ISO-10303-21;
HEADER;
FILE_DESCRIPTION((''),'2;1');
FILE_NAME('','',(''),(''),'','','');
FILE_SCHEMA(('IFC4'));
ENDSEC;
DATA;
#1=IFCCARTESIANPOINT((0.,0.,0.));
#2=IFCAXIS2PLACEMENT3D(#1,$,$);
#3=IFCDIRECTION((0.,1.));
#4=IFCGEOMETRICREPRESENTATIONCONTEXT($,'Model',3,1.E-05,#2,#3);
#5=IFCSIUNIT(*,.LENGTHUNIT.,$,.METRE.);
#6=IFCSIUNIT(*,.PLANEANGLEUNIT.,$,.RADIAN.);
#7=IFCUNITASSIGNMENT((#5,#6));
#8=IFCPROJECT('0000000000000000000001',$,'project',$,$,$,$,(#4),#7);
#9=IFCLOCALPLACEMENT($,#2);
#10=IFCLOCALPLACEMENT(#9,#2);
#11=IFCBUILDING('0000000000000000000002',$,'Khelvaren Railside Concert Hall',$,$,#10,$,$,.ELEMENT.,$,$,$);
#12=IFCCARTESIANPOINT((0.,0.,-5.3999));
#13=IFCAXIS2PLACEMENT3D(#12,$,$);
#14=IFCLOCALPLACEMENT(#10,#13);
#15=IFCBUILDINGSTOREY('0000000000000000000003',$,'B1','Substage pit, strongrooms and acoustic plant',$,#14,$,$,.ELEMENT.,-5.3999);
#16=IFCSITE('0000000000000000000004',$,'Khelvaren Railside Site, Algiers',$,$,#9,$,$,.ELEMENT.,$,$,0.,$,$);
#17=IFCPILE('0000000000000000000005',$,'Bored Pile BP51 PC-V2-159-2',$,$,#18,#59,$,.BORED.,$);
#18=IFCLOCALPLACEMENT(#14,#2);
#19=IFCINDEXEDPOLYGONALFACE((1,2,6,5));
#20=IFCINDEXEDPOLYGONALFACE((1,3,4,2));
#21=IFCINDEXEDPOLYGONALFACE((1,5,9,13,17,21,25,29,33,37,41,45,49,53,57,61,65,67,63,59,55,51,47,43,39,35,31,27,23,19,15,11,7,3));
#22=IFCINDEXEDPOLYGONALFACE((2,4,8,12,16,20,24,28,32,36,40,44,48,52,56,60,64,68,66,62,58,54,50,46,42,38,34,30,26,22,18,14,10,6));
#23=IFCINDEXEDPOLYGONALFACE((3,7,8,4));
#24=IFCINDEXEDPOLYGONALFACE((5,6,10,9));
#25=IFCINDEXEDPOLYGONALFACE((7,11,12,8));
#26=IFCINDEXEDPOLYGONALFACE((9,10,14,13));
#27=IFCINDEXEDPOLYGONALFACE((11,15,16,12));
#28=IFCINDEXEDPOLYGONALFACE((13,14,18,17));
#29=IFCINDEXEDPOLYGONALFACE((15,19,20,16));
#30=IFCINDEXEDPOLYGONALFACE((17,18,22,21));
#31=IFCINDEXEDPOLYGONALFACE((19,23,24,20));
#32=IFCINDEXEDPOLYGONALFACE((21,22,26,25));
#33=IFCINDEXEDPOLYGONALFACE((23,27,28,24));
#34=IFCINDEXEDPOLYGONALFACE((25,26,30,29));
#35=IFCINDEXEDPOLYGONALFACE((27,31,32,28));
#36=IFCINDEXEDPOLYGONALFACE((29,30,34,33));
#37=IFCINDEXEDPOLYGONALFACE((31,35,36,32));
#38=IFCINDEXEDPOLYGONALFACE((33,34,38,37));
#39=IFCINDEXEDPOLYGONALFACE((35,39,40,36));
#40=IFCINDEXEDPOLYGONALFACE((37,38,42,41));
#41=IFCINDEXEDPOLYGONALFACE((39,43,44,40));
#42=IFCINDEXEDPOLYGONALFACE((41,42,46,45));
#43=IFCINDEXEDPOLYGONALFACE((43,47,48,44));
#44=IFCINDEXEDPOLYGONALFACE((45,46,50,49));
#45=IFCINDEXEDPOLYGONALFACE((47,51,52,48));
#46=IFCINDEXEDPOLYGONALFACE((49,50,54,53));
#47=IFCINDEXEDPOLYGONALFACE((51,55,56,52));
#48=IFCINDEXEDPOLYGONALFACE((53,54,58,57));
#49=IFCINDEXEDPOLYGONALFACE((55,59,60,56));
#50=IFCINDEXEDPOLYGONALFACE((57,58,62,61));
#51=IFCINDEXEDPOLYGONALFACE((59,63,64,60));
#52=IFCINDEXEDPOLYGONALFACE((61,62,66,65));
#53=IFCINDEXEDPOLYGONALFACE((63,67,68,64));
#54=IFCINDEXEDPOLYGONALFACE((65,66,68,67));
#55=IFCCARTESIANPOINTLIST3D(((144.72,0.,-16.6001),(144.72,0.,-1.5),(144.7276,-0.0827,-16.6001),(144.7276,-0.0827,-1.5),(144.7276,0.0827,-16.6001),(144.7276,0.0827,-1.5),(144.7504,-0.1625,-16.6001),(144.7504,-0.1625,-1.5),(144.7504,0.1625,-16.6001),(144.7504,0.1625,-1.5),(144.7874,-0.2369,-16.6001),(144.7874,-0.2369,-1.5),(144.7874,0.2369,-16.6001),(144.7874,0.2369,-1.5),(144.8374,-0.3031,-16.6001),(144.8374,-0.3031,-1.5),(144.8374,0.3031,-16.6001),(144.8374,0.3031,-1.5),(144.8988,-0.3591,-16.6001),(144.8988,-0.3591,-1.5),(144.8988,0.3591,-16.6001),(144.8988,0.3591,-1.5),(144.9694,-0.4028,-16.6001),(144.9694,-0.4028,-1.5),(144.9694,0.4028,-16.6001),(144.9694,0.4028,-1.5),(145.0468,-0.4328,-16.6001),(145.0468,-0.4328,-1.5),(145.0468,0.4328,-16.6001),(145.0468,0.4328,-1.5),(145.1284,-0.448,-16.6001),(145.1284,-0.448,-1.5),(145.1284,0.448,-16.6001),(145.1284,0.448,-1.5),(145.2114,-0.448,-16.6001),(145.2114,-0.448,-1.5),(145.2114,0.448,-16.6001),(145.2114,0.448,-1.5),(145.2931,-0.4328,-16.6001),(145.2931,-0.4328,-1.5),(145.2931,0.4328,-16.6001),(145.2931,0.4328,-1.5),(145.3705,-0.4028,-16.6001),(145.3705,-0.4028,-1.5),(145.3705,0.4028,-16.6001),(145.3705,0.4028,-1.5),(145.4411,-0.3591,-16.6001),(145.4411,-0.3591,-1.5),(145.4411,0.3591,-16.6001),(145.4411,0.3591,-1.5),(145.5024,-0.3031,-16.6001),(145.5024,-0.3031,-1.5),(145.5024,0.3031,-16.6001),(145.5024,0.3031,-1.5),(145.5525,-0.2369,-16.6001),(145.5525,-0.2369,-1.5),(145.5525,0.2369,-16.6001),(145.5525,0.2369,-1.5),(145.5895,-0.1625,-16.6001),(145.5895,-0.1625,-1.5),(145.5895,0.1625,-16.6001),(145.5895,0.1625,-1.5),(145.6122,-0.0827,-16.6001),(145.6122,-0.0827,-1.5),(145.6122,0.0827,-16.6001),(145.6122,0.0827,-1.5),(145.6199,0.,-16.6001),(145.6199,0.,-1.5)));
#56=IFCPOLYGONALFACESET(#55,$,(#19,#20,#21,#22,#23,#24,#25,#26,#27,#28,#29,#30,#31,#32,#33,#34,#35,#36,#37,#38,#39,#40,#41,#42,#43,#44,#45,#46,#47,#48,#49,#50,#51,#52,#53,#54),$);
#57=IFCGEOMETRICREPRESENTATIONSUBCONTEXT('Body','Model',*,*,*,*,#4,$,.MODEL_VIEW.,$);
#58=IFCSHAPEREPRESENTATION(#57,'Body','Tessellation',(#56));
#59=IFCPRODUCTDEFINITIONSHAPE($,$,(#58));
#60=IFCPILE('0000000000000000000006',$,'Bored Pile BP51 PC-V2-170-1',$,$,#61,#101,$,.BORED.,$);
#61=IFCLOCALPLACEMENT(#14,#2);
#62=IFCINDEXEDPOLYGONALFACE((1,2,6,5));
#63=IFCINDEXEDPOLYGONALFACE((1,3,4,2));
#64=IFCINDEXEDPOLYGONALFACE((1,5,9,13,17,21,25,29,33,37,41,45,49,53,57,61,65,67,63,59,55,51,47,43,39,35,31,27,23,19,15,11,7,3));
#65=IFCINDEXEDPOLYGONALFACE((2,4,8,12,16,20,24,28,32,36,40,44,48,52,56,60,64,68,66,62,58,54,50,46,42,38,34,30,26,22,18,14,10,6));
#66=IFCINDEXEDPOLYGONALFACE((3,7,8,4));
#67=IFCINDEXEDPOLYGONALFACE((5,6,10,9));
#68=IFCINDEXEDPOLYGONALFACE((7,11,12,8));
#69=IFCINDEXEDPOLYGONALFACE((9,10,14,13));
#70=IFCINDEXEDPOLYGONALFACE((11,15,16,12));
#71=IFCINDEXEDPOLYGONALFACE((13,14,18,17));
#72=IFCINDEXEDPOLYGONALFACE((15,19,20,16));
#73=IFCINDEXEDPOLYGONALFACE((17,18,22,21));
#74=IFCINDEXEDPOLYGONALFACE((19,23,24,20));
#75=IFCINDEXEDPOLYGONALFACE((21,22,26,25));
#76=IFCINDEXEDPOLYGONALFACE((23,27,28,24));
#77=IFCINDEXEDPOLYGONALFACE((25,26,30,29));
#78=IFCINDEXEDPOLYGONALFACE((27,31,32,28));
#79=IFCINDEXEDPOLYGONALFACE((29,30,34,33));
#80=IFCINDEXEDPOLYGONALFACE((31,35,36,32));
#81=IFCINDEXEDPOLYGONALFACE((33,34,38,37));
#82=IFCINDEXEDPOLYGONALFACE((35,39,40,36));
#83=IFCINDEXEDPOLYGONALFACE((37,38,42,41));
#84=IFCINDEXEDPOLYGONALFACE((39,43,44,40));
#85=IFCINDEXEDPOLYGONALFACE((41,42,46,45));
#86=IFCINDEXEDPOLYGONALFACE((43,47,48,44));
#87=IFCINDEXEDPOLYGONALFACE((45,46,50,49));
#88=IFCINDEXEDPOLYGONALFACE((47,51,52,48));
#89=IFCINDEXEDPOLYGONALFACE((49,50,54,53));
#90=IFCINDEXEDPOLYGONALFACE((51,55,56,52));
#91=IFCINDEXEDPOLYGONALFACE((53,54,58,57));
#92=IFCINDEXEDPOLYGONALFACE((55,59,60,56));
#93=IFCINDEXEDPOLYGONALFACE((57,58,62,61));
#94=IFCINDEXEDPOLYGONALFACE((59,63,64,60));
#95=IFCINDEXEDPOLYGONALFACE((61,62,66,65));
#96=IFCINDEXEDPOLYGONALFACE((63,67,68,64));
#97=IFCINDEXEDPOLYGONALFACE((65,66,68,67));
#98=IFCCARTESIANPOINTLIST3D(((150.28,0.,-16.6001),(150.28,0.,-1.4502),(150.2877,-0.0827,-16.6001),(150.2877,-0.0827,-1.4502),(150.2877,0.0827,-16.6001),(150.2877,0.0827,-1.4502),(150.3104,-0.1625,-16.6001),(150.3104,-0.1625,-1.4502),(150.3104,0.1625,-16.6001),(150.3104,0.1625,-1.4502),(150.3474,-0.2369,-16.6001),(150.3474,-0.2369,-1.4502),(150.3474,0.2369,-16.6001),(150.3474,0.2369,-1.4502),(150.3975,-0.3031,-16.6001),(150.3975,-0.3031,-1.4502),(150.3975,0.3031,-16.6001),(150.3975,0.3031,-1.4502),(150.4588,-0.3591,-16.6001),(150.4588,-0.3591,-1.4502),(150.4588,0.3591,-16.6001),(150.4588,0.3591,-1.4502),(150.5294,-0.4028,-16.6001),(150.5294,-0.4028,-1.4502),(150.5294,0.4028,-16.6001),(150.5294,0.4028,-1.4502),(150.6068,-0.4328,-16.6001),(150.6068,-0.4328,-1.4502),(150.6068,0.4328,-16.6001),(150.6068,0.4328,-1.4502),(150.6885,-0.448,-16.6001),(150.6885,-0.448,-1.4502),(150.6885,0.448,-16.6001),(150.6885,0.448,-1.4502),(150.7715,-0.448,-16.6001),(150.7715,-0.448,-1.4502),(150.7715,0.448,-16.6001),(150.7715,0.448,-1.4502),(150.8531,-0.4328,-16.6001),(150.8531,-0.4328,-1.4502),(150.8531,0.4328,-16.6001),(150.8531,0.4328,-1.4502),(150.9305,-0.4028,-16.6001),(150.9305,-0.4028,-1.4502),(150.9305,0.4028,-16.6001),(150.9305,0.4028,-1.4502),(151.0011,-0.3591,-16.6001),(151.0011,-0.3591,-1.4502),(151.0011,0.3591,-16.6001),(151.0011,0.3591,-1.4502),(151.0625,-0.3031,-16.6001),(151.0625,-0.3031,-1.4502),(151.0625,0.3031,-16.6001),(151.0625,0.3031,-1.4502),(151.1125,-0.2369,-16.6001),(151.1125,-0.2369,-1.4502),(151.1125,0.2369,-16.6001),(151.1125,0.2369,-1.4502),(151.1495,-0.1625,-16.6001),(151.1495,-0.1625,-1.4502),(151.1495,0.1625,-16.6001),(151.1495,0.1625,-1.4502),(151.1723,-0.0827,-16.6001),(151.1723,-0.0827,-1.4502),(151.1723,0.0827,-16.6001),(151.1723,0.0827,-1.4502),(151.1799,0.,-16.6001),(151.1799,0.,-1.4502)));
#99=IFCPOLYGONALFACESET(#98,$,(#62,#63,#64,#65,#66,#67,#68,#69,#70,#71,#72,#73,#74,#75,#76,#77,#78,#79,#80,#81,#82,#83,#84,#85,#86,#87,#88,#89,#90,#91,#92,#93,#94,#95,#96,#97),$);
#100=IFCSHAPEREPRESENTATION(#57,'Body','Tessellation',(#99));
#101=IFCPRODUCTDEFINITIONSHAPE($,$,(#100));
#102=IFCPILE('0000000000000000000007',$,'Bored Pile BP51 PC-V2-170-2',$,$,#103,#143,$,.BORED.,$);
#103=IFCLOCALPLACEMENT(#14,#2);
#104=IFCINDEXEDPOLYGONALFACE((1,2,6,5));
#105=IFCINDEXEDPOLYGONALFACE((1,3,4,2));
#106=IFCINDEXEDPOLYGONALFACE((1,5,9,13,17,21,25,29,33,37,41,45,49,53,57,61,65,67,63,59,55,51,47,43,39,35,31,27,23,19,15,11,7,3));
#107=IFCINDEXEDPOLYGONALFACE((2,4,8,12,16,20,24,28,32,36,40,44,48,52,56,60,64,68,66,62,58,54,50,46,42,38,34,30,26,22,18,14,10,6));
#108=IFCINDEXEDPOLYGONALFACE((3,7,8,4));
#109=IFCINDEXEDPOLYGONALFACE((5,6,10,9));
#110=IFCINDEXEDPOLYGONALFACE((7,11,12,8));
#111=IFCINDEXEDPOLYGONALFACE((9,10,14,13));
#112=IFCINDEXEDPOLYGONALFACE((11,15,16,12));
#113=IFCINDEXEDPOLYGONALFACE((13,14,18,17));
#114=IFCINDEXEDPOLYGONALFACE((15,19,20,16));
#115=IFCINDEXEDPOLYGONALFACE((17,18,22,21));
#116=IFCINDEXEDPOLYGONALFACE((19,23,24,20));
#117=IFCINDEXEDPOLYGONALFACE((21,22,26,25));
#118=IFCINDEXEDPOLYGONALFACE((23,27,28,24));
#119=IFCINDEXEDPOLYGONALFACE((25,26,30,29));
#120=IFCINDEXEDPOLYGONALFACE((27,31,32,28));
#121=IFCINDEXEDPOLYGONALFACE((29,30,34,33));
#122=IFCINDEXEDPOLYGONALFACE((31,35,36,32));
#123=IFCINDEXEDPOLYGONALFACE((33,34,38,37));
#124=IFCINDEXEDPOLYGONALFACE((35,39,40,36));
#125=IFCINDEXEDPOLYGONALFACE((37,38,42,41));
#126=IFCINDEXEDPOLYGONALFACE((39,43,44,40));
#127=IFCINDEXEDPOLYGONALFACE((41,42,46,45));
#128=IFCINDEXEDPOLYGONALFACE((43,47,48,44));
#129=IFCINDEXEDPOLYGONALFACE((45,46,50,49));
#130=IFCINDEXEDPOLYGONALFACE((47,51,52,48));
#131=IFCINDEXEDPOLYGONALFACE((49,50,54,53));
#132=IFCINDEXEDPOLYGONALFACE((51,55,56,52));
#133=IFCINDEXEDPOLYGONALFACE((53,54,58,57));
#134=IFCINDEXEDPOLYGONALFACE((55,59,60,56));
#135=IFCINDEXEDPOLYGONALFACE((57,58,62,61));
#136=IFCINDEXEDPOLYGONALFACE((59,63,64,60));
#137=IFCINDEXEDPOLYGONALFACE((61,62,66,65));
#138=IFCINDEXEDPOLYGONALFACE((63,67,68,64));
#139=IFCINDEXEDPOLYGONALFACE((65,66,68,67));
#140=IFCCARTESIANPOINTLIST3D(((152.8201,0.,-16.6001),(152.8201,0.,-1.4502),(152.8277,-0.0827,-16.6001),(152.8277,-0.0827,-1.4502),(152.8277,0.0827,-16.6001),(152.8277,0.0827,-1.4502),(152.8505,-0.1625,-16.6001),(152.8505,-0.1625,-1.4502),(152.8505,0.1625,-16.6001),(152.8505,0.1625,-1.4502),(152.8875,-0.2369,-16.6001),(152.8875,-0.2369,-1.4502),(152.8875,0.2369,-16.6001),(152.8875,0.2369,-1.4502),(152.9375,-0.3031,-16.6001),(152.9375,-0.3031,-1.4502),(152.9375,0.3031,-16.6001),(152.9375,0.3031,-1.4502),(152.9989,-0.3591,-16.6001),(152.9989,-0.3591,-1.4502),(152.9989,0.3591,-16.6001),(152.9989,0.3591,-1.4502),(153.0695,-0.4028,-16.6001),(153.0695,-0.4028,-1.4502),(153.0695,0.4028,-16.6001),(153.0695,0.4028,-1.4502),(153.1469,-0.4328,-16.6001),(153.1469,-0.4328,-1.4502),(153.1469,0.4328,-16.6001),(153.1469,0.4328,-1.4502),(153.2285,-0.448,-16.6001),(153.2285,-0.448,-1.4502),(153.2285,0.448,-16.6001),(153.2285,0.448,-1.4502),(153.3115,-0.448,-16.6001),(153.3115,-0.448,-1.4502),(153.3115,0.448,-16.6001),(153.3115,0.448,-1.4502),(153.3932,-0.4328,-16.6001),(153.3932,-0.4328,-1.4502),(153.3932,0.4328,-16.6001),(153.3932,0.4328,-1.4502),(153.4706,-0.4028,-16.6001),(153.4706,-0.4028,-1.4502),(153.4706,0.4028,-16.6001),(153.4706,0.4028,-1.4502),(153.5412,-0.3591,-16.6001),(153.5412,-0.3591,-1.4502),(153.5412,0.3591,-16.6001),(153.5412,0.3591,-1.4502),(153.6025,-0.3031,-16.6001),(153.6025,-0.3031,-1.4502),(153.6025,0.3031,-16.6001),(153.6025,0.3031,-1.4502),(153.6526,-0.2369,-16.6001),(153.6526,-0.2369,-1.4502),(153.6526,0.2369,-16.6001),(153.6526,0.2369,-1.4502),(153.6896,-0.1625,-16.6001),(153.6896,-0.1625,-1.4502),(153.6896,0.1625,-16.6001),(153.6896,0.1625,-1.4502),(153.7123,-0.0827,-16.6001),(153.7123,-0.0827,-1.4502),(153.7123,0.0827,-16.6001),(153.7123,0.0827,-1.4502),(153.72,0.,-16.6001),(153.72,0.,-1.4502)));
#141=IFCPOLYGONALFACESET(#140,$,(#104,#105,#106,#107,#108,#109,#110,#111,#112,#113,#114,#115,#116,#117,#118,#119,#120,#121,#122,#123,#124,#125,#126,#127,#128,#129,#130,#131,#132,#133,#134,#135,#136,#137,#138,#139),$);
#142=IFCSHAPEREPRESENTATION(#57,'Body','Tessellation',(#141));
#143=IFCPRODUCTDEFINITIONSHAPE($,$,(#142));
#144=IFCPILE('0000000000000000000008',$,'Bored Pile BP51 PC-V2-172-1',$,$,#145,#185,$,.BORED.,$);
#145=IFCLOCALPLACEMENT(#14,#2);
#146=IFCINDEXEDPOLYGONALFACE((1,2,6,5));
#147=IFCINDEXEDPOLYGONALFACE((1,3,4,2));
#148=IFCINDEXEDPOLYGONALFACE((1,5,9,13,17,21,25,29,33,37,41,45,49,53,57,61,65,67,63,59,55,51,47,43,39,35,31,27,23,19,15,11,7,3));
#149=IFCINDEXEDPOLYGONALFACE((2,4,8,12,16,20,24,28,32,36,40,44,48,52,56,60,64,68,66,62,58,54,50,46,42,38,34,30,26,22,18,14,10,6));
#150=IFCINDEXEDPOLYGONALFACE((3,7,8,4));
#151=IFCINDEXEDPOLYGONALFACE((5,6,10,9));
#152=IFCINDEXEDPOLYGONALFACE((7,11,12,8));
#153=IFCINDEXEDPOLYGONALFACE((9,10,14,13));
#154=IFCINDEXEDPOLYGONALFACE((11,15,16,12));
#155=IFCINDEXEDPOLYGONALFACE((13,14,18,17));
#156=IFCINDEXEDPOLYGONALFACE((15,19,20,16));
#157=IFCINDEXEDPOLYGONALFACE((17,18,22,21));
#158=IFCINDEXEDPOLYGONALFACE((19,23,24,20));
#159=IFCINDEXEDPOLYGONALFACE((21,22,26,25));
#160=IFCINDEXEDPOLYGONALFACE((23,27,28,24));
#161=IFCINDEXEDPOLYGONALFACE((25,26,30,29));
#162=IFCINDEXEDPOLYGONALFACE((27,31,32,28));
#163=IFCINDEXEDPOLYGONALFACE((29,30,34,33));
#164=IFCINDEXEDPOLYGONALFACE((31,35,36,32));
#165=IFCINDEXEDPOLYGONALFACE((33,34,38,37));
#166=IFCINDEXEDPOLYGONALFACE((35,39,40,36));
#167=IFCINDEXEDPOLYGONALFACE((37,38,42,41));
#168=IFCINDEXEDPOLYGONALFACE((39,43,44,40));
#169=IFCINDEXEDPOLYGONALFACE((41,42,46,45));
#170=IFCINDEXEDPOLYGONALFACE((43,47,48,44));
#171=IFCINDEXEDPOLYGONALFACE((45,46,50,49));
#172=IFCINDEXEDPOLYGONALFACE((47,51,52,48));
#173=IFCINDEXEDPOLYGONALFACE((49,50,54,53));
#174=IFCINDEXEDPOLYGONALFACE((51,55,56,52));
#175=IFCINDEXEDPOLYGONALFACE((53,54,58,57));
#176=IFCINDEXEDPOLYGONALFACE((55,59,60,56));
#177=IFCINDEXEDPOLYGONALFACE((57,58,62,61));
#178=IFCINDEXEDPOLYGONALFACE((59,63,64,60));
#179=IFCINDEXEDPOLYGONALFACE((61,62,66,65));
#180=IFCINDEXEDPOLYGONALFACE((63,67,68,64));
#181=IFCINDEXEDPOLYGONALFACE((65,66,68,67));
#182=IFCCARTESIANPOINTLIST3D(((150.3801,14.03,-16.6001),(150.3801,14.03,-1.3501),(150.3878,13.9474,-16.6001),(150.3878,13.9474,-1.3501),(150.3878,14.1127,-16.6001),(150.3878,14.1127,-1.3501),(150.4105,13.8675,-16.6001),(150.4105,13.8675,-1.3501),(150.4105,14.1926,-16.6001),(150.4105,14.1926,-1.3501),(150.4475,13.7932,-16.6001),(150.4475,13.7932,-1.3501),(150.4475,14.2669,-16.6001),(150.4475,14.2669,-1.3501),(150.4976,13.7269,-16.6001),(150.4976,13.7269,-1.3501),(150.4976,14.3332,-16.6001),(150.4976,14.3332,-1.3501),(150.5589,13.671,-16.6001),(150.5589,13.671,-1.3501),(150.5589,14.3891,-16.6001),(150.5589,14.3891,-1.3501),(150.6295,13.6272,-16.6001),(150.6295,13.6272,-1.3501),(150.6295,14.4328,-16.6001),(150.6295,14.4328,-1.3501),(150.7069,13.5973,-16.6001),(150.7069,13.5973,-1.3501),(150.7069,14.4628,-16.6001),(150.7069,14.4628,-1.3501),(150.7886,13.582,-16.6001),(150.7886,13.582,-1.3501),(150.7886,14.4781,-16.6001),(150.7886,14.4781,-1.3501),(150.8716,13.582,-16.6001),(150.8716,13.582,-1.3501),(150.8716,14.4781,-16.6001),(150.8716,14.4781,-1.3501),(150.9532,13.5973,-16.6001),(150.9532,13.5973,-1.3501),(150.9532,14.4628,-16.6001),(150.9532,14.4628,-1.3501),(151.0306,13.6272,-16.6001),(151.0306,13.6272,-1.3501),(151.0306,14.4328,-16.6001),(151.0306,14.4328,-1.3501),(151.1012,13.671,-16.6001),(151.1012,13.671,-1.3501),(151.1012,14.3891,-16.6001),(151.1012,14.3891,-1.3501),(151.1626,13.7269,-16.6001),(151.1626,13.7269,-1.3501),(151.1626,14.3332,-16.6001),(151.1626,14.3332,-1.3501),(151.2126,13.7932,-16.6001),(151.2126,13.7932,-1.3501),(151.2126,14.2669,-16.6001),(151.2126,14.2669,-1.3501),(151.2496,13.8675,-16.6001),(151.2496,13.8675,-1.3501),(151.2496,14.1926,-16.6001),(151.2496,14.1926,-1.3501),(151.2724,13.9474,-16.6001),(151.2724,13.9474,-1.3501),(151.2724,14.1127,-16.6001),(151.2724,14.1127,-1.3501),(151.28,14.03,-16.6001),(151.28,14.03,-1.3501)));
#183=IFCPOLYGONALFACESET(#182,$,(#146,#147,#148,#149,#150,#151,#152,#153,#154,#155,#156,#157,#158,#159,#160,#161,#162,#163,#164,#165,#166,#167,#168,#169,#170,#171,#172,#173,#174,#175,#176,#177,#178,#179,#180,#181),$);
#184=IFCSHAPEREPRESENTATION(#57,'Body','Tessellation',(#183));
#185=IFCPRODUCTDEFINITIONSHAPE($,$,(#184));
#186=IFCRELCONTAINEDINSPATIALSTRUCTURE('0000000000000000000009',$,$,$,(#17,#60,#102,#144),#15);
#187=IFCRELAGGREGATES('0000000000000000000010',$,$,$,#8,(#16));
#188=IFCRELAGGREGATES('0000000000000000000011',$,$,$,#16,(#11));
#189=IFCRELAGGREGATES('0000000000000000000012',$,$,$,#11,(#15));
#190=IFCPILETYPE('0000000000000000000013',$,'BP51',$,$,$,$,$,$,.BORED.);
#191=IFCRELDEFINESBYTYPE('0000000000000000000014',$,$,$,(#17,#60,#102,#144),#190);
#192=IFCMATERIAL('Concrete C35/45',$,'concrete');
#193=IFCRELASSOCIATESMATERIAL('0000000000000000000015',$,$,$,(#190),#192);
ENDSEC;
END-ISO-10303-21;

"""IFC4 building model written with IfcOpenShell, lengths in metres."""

from ifc_helpers import new_model, si_unit, direction, frame, origin, origin_2d, place, context, subcontext, project, spatial, circle, extrude, material, material_profile, profile_set, type_object, element, save


model = new_model("IFC4")

# Units and contexts
model_context = context("Model", 3, precision=1e-05, world=origin(), true_north=direction((0.0, 1.0)))
body_context = subcontext(model_context, "Body", "Model", "MODEL_VIEW")
ifc_project = project(units=[si_unit("LENGTHUNIT", "METRE"), si_unit("PLANEANGLEUNIT", "RADIAN")], contexts=[model_context])

# Site, building, storey
site_placement = place(None, origin())
site = spatial("IfcSite", under=ifc_project, at=site_placement, Name="Khelvaren Railside Site, Algiers", CompositionType="ELEMENT", RefElevation=0.0)
building_placement = place(site_placement, origin())
building = spatial("IfcBuilding", under=site, at=building_placement, Name="Khelvaren Railside Concert Hall", CompositionType="ELEMENT")
storey_placement = place(building_placement, frame((0.0, 0.0, -5.3999)))
storey = spatial("IfcBuildingStorey", under=building, at=storey_placement, Name="B1", Description="Substage pit, strongrooms and acoustic plant", CompositionType="ELEMENT", Elevation=-5.3999)

# Piles
ifc_material_1 = material(Name="Concrete C35/45", Category="concrete")
ifc_material_profile_1 = material_profile(ifc_material_1, circle(Radius=0.45, at=origin_2d()), Name="BP D900")
ifc_profile_set_1 = profile_set([ifc_material_profile_1], Name="Concrete C35/45")
pile_type_1 = type_object("IfcPileType", Name="BP51", PredefinedType="BORED", material=ifc_profile_set_1)
pile_1_placement = place(storey_placement, frame((145.1699, 0.0, -1.5), z_axis=(0.0, 0.0, -1.0), x_axis=(1.0, 0.0, 0.0)))
element("IfcPile", 1, at=pile_1_placement, inside=storey, type_object=pile_type_1, Name="Bored Pile BP51 PC-V2-159-2", PredefinedType="BORED", context=body_context, shape_type="SweptSolid", body=[
    extrude(circle(Radius=0.45, at=origin_2d()), origin(), (0.0, 0.0, 1.0), 15.1001),
])
for number, where, z_axis, x_axis, name in (
    (2, (150.73, 0.0, -1.4502), (0.0, 0.0, -1.0), (1.0, 0.0, 0.0), "Bored Pile BP51 PC-V2-170-1"),
    (3, (153.27, 0.0, -1.4502), (0.0, 0.0, -1.0), (1.0, 0.0, 0.0), "Bored Pile BP51 PC-V2-170-2"),
):
    element("IfcPile", number, at=place(storey_placement, frame(where, z_axis=z_axis, x_axis=x_axis)), inside=storey, type_object=pile_type_1, Name=name, PredefinedType="BORED", context=body_context, shape_type="SweptSolid", body=[
        extrude(circle(Radius=0.45, at=origin_2d()), origin(), (0.0, 0.0, 1.0), 15.1499),
    ])
for number, where, z_axis, x_axis, name in (
    (4, (150.8301, 14.03, -1.3501), (0.0, 0.0, -1.0), (1.0, 0.0, 0.0), "Bored Pile BP51 PC-V2-172-1"),
):
    element("IfcPile", number, at=place(storey_placement, frame(where, z_axis=z_axis, x_axis=x_axis)), inside=storey, type_object=pile_type_1, Name=name, PredefinedType="BORED", context=body_context, shape_type="SweptSolid", body=[
        extrude(circle(Radius=0.45, at=origin_2d()), origin(), (0.0, 0.0, 1.0), 15.25),
    ])

save(model, "model.ifc")
